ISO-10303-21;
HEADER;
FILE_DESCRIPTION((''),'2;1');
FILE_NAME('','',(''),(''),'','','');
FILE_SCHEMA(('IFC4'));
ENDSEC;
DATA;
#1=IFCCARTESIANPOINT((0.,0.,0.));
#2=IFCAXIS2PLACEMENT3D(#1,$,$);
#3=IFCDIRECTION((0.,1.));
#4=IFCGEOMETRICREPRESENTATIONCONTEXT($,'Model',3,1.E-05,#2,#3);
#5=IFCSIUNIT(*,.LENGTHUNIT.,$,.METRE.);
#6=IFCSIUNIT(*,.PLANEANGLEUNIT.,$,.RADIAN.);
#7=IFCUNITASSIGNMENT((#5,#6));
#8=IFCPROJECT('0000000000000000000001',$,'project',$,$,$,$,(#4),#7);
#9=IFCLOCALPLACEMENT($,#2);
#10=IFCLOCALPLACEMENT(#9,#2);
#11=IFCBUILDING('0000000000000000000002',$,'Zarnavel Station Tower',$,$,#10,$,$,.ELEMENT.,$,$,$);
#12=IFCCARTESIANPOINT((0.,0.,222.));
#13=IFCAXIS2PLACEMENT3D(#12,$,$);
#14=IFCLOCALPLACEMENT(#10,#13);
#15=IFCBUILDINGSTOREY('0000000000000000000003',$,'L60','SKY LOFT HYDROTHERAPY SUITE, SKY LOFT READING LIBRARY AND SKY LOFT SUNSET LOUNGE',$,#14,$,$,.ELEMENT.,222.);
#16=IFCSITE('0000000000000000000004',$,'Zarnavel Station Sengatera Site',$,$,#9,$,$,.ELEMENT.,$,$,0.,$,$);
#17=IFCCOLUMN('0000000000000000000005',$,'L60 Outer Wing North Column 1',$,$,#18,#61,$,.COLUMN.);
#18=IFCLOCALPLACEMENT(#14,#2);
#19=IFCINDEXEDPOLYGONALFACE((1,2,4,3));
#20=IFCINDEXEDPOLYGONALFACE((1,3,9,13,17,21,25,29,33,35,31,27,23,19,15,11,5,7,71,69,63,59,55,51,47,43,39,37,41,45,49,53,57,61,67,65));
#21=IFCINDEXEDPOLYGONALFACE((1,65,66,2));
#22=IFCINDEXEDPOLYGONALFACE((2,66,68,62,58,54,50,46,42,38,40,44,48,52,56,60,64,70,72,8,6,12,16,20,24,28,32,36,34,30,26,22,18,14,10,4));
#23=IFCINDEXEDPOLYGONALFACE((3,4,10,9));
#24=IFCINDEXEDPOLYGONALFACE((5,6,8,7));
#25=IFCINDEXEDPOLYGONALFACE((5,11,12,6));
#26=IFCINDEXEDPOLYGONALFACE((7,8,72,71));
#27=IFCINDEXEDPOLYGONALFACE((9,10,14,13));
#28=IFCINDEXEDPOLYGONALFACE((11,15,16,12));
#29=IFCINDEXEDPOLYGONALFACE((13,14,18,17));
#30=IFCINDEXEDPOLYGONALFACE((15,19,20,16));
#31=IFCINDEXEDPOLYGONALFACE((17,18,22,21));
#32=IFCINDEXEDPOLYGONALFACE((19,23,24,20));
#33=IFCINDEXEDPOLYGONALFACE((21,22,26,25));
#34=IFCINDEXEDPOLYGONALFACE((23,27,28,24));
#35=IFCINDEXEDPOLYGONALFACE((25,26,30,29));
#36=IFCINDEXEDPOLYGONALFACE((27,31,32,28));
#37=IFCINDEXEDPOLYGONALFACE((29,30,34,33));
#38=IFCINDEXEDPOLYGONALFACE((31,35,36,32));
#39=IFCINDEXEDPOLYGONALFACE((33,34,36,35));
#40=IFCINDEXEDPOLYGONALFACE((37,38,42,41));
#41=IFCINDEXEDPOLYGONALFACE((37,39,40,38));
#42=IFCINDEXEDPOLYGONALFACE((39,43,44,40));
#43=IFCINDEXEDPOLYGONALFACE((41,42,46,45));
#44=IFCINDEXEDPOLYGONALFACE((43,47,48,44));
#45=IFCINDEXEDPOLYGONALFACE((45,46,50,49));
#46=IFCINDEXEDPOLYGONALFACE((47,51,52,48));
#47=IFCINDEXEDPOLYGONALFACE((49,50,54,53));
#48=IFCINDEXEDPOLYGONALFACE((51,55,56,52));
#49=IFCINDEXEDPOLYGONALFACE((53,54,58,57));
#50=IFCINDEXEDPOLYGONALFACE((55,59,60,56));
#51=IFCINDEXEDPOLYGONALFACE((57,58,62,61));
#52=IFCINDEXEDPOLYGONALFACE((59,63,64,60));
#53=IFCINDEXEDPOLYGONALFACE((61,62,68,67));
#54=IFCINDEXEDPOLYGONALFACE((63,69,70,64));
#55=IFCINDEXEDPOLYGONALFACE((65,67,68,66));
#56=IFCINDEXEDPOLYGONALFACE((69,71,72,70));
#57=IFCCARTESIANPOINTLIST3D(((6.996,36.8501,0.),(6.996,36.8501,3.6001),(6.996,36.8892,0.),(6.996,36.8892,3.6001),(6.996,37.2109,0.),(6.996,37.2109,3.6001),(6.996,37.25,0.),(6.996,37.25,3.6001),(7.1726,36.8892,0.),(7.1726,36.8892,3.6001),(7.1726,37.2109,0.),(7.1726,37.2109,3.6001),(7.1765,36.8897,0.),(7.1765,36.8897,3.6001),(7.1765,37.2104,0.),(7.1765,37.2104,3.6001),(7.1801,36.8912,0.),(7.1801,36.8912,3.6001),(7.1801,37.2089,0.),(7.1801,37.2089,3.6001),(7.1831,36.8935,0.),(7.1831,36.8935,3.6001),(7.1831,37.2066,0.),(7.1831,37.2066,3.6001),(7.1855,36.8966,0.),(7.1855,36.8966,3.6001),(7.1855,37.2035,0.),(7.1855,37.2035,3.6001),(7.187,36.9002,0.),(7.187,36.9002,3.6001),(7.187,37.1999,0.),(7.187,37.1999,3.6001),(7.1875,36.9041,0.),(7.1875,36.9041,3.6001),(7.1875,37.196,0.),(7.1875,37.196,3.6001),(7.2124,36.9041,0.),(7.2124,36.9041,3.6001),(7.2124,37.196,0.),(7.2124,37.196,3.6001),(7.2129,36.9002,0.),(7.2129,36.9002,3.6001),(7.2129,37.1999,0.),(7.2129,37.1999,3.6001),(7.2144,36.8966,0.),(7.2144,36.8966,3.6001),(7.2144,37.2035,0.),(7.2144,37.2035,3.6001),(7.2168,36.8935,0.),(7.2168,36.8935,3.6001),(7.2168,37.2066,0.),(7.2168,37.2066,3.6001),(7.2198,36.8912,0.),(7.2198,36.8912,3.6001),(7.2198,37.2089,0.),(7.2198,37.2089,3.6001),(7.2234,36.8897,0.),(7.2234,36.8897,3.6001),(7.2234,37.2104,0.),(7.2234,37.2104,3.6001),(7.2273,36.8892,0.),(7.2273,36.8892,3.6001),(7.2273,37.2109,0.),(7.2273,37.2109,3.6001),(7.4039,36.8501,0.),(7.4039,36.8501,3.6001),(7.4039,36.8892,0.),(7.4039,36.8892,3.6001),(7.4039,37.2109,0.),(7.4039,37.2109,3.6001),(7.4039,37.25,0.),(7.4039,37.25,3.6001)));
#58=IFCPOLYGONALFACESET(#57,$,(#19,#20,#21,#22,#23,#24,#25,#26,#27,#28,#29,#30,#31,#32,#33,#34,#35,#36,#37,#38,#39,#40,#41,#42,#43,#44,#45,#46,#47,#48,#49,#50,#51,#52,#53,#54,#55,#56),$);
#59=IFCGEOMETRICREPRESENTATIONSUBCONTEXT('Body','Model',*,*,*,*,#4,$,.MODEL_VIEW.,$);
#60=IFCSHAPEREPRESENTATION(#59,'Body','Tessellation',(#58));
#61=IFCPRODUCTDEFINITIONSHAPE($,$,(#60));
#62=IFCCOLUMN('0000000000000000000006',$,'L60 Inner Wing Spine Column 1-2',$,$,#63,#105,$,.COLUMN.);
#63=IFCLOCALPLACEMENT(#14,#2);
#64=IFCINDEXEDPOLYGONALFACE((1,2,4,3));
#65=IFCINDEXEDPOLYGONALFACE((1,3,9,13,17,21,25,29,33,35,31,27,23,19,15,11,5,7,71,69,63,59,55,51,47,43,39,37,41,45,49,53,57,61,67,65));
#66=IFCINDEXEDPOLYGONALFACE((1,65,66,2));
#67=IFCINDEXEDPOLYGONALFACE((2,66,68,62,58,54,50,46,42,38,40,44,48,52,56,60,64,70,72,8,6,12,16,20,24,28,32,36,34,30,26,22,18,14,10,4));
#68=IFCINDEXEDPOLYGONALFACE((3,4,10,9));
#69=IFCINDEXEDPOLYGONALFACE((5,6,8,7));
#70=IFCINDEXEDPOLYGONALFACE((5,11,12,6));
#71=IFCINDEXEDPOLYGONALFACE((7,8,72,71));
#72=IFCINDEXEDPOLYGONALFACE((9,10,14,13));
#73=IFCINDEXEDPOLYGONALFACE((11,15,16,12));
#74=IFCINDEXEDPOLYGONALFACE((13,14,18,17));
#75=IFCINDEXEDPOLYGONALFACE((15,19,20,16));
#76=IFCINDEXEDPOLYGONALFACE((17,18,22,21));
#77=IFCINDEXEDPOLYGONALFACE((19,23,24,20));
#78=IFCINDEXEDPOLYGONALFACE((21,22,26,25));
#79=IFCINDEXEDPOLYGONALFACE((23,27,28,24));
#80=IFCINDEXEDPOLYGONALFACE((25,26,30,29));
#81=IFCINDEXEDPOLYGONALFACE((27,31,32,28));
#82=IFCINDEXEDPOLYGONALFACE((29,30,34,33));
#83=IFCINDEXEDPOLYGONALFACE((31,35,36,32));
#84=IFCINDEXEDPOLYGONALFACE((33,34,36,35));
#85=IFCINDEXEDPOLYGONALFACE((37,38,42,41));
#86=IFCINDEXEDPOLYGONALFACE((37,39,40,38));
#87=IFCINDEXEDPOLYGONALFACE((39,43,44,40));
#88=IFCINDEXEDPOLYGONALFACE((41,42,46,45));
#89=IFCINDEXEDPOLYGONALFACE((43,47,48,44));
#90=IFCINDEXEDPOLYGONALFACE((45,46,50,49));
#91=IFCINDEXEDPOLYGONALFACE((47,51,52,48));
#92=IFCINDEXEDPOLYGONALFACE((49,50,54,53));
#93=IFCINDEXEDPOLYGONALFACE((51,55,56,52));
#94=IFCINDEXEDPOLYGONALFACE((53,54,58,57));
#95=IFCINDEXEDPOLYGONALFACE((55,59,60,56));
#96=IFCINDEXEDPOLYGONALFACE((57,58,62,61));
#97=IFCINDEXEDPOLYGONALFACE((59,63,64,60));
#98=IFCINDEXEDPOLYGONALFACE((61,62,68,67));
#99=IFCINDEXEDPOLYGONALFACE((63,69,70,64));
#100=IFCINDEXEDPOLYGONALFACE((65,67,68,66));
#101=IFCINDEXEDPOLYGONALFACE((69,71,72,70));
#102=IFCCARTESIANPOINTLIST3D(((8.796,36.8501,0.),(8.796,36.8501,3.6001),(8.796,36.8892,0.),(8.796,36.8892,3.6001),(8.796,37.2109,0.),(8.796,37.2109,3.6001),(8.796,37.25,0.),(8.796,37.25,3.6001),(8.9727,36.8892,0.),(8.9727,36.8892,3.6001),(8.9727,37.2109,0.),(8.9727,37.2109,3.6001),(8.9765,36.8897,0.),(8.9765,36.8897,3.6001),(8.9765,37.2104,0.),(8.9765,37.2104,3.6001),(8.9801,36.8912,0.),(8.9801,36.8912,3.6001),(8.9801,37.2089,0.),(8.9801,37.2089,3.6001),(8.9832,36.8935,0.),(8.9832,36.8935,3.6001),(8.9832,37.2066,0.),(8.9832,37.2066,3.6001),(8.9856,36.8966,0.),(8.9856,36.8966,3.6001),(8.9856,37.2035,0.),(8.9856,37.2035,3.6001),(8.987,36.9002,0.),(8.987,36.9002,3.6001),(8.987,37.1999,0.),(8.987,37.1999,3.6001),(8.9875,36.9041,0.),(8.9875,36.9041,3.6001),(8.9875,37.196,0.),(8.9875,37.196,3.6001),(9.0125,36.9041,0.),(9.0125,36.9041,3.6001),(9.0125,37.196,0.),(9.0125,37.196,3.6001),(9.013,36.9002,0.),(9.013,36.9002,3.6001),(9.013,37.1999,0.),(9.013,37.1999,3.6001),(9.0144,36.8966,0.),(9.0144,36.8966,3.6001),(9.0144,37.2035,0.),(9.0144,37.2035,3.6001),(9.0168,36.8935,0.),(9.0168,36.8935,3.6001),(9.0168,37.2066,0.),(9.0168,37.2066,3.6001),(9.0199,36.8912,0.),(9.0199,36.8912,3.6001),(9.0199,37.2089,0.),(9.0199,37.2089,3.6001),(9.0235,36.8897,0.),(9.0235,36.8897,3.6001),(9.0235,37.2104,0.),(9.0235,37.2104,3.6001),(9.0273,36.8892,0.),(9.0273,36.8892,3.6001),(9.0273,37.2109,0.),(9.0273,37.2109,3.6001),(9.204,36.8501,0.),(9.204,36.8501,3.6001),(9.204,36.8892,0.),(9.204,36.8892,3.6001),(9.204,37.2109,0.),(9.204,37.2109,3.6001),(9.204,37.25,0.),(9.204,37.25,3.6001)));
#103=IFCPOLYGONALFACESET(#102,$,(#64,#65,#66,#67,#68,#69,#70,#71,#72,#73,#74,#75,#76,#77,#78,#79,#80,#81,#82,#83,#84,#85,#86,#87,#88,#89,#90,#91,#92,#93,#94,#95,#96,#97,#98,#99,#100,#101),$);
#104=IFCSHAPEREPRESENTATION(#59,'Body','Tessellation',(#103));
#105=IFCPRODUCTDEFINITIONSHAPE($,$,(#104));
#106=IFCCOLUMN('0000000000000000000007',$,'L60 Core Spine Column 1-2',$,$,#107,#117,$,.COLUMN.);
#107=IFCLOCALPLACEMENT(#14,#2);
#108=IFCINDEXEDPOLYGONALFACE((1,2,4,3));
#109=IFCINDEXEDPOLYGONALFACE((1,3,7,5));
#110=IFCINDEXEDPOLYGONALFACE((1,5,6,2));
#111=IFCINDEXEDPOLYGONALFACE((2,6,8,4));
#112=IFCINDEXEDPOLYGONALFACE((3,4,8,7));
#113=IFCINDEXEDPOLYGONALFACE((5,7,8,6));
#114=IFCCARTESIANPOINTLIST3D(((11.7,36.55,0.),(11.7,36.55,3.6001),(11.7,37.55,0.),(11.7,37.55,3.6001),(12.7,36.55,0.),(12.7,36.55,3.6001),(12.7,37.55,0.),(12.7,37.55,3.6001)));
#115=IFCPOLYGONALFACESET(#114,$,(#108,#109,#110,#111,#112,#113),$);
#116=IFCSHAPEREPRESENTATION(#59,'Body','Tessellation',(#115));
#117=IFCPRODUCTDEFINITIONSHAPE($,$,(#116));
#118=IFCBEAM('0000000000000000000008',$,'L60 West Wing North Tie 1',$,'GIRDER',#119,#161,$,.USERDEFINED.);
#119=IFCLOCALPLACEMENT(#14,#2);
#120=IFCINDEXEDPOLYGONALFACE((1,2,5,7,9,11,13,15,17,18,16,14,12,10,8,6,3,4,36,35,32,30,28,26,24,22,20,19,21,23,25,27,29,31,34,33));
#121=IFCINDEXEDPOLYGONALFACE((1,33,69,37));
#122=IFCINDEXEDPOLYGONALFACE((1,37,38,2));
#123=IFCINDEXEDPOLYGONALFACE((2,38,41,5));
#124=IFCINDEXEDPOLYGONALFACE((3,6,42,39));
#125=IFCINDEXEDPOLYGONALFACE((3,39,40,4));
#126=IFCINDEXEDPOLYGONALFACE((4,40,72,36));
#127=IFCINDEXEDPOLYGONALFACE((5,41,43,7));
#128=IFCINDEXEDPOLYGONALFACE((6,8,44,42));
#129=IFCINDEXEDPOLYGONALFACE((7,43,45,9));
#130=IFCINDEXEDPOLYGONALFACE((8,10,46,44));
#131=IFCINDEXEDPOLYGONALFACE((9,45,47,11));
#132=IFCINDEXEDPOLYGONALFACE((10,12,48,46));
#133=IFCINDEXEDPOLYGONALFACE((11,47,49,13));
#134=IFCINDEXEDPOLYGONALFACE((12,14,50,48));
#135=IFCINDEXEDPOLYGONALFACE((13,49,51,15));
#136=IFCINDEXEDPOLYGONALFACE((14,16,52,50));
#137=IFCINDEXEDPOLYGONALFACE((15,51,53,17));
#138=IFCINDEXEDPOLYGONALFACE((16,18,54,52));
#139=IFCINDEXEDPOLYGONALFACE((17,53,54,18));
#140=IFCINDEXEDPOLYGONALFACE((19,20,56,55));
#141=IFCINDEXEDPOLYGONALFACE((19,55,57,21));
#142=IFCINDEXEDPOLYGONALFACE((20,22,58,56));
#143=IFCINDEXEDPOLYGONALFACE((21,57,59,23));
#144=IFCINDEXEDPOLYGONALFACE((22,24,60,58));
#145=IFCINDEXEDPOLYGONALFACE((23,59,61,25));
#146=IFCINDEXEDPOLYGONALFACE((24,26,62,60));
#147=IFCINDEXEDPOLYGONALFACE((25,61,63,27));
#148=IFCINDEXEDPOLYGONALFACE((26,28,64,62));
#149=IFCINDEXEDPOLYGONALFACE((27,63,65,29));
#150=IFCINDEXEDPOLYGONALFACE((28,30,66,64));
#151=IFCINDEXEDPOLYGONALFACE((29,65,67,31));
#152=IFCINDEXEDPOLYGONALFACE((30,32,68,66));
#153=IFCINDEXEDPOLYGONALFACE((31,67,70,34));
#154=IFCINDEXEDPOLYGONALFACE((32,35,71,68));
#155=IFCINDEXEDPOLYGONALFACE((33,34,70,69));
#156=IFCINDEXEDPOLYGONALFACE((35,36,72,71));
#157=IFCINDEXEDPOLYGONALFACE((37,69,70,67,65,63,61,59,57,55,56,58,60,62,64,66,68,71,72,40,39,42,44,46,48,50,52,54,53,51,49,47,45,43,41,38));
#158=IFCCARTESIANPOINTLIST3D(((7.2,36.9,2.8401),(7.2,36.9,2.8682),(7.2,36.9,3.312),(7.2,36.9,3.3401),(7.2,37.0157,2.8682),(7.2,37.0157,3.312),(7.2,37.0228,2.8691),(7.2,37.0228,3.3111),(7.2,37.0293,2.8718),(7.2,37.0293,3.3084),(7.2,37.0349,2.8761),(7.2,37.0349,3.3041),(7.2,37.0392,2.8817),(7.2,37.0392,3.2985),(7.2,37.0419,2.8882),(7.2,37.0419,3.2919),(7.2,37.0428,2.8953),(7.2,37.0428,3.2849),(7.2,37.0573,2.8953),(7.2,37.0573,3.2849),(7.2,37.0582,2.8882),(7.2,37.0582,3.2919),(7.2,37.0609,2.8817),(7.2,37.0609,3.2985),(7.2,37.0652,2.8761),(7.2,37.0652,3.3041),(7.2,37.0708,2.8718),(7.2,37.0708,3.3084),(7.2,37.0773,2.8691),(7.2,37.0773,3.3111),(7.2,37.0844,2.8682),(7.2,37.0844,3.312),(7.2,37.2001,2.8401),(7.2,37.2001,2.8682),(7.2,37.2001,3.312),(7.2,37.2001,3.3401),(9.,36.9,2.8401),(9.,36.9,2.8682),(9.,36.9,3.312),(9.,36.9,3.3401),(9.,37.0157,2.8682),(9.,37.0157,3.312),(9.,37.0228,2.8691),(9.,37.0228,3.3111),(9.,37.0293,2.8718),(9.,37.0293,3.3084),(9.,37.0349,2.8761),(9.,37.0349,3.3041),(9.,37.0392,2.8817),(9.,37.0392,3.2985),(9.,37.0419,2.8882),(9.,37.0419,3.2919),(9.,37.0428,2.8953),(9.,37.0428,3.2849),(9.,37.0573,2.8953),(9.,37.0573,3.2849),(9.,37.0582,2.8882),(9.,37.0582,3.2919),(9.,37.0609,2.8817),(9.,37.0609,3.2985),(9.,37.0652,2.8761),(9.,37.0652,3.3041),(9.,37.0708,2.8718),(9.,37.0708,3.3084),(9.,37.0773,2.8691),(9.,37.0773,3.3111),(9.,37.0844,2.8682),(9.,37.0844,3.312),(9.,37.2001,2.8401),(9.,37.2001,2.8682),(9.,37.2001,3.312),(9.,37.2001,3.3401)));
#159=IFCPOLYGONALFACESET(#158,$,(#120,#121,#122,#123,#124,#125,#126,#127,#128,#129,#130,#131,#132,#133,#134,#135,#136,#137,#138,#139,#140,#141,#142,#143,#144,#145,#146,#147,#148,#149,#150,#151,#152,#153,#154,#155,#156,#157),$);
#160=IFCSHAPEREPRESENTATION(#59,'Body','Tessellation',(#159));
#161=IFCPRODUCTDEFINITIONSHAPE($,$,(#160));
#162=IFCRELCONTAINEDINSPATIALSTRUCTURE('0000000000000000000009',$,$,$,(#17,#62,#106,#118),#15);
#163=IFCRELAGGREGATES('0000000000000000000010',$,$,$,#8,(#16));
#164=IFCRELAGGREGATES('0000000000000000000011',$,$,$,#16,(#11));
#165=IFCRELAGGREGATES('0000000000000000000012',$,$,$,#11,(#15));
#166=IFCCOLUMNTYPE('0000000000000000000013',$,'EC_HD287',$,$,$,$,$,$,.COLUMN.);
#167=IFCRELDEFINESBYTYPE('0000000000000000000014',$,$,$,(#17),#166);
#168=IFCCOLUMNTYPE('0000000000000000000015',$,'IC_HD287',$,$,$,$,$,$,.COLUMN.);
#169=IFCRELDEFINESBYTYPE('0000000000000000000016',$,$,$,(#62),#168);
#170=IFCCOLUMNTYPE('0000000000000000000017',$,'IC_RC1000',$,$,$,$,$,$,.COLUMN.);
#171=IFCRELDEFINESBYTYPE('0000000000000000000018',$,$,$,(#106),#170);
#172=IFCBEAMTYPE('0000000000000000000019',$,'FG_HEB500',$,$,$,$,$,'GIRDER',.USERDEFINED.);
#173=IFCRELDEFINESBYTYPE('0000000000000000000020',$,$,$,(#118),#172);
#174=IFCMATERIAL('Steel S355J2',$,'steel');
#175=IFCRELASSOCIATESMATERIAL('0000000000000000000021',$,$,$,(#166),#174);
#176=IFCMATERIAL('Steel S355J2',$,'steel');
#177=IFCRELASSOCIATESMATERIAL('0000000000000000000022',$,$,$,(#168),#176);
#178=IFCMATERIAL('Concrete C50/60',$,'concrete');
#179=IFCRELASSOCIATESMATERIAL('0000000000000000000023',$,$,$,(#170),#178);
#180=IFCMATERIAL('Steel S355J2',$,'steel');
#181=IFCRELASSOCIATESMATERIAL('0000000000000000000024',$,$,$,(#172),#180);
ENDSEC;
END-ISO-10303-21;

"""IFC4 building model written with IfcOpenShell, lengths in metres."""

from ifc_helpers import new_model, si_unit, direction, frame, origin, origin_2d, place, context, subcontext, project, spatial, rectangle, i_section, extrude, material, material_profile, profile_set, type_object, element, save


model = new_model("IFC4")

# Units and contexts
model_context = context("Model", 3, precision=1e-05, world=origin(), true_north=direction((0.0, 1.0)))
body_context = subcontext(model_context, "Body", "Model", "MODEL_VIEW")
ifc_project = project(units=[si_unit("LENGTHUNIT", "METRE"), si_unit("PLANEANGLEUNIT", "RADIAN")], contexts=[model_context])

# Site, building, storey
site_placement = place(None, origin())
site = spatial("IfcSite", under=ifc_project, at=site_placement, Name="Zarnavel Station Sengatera Site", CompositionType="ELEMENT", RefElevation=0.0)
building_placement = place(site_placement, origin())
building = spatial("IfcBuilding", under=site, at=building_placement, Name="Zarnavel Station Tower", CompositionType="ELEMENT")
storey_placement = place(building_placement, frame((0.0, 0.0, 222.0)))
storey = spatial("IfcBuildingStorey", under=building, at=storey_placement, Name="L60", Description="SKY LOFT HYDROTHERAPY SUITE, SKY LOFT READING LIBRARY AND SKY LOFT SUNSET LOUNGE", CompositionType="ELEMENT", Elevation=222.0)

# Columns
ifc_material_1 = material(Name="Steel S355J2", Category="steel")
ifc_material_profile_1 = material_profile(ifc_material_1, i_section(OverallWidth=0.408, OverallDepth=0.3999, WebThickness=0.0249, FlangeThickness=0.0391, FilletRadius=0.0149, at=origin_2d()), Name="HD400x287")
ifc_profile_set_1 = profile_set([ifc_material_profile_1], Name="Steel S355J2")
column_type_1 = type_object("IfcColumnType", Name="EC_HD287", PredefinedType="COLUMN", material=ifc_profile_set_1)
column_1_placement = place(storey_placement, frame((7.2, 37.05, 0.0), z_axis=(0.0, 0.0, 1.0), x_axis=(1.0, 0.0, 0.0)))
element("IfcColumn", 1, at=column_1_placement, inside=storey, type_object=column_type_1, Name="L60 Outer Wing North Column 1", PredefinedType="COLUMN", context=body_context, shape_type="SweptSolid", body=[
    extrude(i_section(OverallWidth=0.408, OverallDepth=0.3999, WebThickness=0.0249, FlangeThickness=0.0391, FilletRadius=0.0149, at=origin_2d()), origin(), (0.0, 0.0, 1.0), 3.6001),
])
ifc_material_2 = material(Name="Steel S355J2", Category="steel")
ifc_material_profile_2 = material_profile(ifc_material_2, i_section(OverallWidth=0.408, OverallDepth=0.3999, WebThickness=0.0249, FlangeThickness=0.0391, FilletRadius=0.0149, at=origin_2d()), Name="HD400x287")
ifc_profile_set_2 = profile_set([ifc_material_profile_2], Name="Steel S355J2")
column_type_2 = type_object("IfcColumnType", Name="IC_HD287", PredefinedType="COLUMN", material=ifc_profile_set_2)
column_2_placement = place(storey_placement, frame((9.0, 37.05, 0.0), z_axis=(0.0, 0.0, 1.0), x_axis=(1.0, 0.0, 0.0)))
element("IfcColumn", 2, at=column_2_placement, inside=storey, type_object=column_type_2, Name="L60 Inner Wing Spine Column 1-2", PredefinedType="COLUMN", context=body_context, shape_type="SweptSolid", body=[
    extrude(i_section(OverallWidth=0.408, OverallDepth=0.3999, WebThickness=0.0249, FlangeThickness=0.0391, FilletRadius=0.0149, at=origin_2d()), origin(), (0.0, 0.0, 1.0), 3.6001),
])
ifc_material_3 = material(Name="Concrete C50/60", Category="concrete")
ifc_material_profile_3 = material_profile(ifc_material_3, rectangle(XDim=1.0, YDim=1.0, at=origin_2d()), Name="RC1000x1000")
ifc_profile_set_3 = profile_set([ifc_material_profile_3], Name="Concrete C50/60")
column_type_3 = type_object("IfcColumnType", Name="IC_RC1000", PredefinedType="COLUMN", material=ifc_profile_set_3)
column_3_placement = place(storey_placement, frame((12.2, 37.05, 0.0), z_axis=(0.0, 0.0, 1.0), x_axis=(1.0, 0.0, 0.0)))
element("IfcColumn", 3, at=column_3_placement, inside=storey, type_object=column_type_3, Name="L60 Core Spine Column 1-2", PredefinedType="COLUMN", context=body_context, shape_type="SweptSolid", body=[
    extrude(rectangle(XDim=1.0, YDim=1.0, at=origin_2d()), origin(), (0.0, 0.0, 1.0), 3.6001),
])

# Beam
ifc_material_4 = material(Name="Steel S355J2", Category="steel")
ifc_material_profile_4 = material_profile(ifc_material_4, i_section(OverallWidth=0.3, OverallDepth=0.5, WebThickness=0.0144, FlangeThickness=0.0281, FilletRadius=0.0271, at=origin_2d()), Name="HEB500")
ifc_profile_set_4 = profile_set([ifc_material_profile_4], Name="Steel S355J2")
beam_type = type_object("IfcBeamType", Name="FG_HEB500", ElementType="GIRDER", PredefinedType="USERDEFINED", material=ifc_profile_set_4)
beam_1_placement = place(storey_placement, frame((7.2, 37.05, 3.0901), z_axis=(1.0, 0.0, 0.0), x_axis=(0.0, 1.0, 0.0)))
element("IfcBeam", 4, at=beam_1_placement, inside=storey, type_object=beam_type, Name="L60 West Wing North Tie 1", ObjectType="GIRDER", PredefinedType="USERDEFINED", context=body_context, shape_type="SweptSolid", body=[
    extrude(i_section(OverallWidth=0.3, OverallDepth=0.5, WebThickness=0.0144, FlangeThickness=0.0281, FilletRadius=0.0271, at=origin_2d()), origin(), (0.0, 0.0, 1.0), 1.8),
])

save(model, "model.ifc")
